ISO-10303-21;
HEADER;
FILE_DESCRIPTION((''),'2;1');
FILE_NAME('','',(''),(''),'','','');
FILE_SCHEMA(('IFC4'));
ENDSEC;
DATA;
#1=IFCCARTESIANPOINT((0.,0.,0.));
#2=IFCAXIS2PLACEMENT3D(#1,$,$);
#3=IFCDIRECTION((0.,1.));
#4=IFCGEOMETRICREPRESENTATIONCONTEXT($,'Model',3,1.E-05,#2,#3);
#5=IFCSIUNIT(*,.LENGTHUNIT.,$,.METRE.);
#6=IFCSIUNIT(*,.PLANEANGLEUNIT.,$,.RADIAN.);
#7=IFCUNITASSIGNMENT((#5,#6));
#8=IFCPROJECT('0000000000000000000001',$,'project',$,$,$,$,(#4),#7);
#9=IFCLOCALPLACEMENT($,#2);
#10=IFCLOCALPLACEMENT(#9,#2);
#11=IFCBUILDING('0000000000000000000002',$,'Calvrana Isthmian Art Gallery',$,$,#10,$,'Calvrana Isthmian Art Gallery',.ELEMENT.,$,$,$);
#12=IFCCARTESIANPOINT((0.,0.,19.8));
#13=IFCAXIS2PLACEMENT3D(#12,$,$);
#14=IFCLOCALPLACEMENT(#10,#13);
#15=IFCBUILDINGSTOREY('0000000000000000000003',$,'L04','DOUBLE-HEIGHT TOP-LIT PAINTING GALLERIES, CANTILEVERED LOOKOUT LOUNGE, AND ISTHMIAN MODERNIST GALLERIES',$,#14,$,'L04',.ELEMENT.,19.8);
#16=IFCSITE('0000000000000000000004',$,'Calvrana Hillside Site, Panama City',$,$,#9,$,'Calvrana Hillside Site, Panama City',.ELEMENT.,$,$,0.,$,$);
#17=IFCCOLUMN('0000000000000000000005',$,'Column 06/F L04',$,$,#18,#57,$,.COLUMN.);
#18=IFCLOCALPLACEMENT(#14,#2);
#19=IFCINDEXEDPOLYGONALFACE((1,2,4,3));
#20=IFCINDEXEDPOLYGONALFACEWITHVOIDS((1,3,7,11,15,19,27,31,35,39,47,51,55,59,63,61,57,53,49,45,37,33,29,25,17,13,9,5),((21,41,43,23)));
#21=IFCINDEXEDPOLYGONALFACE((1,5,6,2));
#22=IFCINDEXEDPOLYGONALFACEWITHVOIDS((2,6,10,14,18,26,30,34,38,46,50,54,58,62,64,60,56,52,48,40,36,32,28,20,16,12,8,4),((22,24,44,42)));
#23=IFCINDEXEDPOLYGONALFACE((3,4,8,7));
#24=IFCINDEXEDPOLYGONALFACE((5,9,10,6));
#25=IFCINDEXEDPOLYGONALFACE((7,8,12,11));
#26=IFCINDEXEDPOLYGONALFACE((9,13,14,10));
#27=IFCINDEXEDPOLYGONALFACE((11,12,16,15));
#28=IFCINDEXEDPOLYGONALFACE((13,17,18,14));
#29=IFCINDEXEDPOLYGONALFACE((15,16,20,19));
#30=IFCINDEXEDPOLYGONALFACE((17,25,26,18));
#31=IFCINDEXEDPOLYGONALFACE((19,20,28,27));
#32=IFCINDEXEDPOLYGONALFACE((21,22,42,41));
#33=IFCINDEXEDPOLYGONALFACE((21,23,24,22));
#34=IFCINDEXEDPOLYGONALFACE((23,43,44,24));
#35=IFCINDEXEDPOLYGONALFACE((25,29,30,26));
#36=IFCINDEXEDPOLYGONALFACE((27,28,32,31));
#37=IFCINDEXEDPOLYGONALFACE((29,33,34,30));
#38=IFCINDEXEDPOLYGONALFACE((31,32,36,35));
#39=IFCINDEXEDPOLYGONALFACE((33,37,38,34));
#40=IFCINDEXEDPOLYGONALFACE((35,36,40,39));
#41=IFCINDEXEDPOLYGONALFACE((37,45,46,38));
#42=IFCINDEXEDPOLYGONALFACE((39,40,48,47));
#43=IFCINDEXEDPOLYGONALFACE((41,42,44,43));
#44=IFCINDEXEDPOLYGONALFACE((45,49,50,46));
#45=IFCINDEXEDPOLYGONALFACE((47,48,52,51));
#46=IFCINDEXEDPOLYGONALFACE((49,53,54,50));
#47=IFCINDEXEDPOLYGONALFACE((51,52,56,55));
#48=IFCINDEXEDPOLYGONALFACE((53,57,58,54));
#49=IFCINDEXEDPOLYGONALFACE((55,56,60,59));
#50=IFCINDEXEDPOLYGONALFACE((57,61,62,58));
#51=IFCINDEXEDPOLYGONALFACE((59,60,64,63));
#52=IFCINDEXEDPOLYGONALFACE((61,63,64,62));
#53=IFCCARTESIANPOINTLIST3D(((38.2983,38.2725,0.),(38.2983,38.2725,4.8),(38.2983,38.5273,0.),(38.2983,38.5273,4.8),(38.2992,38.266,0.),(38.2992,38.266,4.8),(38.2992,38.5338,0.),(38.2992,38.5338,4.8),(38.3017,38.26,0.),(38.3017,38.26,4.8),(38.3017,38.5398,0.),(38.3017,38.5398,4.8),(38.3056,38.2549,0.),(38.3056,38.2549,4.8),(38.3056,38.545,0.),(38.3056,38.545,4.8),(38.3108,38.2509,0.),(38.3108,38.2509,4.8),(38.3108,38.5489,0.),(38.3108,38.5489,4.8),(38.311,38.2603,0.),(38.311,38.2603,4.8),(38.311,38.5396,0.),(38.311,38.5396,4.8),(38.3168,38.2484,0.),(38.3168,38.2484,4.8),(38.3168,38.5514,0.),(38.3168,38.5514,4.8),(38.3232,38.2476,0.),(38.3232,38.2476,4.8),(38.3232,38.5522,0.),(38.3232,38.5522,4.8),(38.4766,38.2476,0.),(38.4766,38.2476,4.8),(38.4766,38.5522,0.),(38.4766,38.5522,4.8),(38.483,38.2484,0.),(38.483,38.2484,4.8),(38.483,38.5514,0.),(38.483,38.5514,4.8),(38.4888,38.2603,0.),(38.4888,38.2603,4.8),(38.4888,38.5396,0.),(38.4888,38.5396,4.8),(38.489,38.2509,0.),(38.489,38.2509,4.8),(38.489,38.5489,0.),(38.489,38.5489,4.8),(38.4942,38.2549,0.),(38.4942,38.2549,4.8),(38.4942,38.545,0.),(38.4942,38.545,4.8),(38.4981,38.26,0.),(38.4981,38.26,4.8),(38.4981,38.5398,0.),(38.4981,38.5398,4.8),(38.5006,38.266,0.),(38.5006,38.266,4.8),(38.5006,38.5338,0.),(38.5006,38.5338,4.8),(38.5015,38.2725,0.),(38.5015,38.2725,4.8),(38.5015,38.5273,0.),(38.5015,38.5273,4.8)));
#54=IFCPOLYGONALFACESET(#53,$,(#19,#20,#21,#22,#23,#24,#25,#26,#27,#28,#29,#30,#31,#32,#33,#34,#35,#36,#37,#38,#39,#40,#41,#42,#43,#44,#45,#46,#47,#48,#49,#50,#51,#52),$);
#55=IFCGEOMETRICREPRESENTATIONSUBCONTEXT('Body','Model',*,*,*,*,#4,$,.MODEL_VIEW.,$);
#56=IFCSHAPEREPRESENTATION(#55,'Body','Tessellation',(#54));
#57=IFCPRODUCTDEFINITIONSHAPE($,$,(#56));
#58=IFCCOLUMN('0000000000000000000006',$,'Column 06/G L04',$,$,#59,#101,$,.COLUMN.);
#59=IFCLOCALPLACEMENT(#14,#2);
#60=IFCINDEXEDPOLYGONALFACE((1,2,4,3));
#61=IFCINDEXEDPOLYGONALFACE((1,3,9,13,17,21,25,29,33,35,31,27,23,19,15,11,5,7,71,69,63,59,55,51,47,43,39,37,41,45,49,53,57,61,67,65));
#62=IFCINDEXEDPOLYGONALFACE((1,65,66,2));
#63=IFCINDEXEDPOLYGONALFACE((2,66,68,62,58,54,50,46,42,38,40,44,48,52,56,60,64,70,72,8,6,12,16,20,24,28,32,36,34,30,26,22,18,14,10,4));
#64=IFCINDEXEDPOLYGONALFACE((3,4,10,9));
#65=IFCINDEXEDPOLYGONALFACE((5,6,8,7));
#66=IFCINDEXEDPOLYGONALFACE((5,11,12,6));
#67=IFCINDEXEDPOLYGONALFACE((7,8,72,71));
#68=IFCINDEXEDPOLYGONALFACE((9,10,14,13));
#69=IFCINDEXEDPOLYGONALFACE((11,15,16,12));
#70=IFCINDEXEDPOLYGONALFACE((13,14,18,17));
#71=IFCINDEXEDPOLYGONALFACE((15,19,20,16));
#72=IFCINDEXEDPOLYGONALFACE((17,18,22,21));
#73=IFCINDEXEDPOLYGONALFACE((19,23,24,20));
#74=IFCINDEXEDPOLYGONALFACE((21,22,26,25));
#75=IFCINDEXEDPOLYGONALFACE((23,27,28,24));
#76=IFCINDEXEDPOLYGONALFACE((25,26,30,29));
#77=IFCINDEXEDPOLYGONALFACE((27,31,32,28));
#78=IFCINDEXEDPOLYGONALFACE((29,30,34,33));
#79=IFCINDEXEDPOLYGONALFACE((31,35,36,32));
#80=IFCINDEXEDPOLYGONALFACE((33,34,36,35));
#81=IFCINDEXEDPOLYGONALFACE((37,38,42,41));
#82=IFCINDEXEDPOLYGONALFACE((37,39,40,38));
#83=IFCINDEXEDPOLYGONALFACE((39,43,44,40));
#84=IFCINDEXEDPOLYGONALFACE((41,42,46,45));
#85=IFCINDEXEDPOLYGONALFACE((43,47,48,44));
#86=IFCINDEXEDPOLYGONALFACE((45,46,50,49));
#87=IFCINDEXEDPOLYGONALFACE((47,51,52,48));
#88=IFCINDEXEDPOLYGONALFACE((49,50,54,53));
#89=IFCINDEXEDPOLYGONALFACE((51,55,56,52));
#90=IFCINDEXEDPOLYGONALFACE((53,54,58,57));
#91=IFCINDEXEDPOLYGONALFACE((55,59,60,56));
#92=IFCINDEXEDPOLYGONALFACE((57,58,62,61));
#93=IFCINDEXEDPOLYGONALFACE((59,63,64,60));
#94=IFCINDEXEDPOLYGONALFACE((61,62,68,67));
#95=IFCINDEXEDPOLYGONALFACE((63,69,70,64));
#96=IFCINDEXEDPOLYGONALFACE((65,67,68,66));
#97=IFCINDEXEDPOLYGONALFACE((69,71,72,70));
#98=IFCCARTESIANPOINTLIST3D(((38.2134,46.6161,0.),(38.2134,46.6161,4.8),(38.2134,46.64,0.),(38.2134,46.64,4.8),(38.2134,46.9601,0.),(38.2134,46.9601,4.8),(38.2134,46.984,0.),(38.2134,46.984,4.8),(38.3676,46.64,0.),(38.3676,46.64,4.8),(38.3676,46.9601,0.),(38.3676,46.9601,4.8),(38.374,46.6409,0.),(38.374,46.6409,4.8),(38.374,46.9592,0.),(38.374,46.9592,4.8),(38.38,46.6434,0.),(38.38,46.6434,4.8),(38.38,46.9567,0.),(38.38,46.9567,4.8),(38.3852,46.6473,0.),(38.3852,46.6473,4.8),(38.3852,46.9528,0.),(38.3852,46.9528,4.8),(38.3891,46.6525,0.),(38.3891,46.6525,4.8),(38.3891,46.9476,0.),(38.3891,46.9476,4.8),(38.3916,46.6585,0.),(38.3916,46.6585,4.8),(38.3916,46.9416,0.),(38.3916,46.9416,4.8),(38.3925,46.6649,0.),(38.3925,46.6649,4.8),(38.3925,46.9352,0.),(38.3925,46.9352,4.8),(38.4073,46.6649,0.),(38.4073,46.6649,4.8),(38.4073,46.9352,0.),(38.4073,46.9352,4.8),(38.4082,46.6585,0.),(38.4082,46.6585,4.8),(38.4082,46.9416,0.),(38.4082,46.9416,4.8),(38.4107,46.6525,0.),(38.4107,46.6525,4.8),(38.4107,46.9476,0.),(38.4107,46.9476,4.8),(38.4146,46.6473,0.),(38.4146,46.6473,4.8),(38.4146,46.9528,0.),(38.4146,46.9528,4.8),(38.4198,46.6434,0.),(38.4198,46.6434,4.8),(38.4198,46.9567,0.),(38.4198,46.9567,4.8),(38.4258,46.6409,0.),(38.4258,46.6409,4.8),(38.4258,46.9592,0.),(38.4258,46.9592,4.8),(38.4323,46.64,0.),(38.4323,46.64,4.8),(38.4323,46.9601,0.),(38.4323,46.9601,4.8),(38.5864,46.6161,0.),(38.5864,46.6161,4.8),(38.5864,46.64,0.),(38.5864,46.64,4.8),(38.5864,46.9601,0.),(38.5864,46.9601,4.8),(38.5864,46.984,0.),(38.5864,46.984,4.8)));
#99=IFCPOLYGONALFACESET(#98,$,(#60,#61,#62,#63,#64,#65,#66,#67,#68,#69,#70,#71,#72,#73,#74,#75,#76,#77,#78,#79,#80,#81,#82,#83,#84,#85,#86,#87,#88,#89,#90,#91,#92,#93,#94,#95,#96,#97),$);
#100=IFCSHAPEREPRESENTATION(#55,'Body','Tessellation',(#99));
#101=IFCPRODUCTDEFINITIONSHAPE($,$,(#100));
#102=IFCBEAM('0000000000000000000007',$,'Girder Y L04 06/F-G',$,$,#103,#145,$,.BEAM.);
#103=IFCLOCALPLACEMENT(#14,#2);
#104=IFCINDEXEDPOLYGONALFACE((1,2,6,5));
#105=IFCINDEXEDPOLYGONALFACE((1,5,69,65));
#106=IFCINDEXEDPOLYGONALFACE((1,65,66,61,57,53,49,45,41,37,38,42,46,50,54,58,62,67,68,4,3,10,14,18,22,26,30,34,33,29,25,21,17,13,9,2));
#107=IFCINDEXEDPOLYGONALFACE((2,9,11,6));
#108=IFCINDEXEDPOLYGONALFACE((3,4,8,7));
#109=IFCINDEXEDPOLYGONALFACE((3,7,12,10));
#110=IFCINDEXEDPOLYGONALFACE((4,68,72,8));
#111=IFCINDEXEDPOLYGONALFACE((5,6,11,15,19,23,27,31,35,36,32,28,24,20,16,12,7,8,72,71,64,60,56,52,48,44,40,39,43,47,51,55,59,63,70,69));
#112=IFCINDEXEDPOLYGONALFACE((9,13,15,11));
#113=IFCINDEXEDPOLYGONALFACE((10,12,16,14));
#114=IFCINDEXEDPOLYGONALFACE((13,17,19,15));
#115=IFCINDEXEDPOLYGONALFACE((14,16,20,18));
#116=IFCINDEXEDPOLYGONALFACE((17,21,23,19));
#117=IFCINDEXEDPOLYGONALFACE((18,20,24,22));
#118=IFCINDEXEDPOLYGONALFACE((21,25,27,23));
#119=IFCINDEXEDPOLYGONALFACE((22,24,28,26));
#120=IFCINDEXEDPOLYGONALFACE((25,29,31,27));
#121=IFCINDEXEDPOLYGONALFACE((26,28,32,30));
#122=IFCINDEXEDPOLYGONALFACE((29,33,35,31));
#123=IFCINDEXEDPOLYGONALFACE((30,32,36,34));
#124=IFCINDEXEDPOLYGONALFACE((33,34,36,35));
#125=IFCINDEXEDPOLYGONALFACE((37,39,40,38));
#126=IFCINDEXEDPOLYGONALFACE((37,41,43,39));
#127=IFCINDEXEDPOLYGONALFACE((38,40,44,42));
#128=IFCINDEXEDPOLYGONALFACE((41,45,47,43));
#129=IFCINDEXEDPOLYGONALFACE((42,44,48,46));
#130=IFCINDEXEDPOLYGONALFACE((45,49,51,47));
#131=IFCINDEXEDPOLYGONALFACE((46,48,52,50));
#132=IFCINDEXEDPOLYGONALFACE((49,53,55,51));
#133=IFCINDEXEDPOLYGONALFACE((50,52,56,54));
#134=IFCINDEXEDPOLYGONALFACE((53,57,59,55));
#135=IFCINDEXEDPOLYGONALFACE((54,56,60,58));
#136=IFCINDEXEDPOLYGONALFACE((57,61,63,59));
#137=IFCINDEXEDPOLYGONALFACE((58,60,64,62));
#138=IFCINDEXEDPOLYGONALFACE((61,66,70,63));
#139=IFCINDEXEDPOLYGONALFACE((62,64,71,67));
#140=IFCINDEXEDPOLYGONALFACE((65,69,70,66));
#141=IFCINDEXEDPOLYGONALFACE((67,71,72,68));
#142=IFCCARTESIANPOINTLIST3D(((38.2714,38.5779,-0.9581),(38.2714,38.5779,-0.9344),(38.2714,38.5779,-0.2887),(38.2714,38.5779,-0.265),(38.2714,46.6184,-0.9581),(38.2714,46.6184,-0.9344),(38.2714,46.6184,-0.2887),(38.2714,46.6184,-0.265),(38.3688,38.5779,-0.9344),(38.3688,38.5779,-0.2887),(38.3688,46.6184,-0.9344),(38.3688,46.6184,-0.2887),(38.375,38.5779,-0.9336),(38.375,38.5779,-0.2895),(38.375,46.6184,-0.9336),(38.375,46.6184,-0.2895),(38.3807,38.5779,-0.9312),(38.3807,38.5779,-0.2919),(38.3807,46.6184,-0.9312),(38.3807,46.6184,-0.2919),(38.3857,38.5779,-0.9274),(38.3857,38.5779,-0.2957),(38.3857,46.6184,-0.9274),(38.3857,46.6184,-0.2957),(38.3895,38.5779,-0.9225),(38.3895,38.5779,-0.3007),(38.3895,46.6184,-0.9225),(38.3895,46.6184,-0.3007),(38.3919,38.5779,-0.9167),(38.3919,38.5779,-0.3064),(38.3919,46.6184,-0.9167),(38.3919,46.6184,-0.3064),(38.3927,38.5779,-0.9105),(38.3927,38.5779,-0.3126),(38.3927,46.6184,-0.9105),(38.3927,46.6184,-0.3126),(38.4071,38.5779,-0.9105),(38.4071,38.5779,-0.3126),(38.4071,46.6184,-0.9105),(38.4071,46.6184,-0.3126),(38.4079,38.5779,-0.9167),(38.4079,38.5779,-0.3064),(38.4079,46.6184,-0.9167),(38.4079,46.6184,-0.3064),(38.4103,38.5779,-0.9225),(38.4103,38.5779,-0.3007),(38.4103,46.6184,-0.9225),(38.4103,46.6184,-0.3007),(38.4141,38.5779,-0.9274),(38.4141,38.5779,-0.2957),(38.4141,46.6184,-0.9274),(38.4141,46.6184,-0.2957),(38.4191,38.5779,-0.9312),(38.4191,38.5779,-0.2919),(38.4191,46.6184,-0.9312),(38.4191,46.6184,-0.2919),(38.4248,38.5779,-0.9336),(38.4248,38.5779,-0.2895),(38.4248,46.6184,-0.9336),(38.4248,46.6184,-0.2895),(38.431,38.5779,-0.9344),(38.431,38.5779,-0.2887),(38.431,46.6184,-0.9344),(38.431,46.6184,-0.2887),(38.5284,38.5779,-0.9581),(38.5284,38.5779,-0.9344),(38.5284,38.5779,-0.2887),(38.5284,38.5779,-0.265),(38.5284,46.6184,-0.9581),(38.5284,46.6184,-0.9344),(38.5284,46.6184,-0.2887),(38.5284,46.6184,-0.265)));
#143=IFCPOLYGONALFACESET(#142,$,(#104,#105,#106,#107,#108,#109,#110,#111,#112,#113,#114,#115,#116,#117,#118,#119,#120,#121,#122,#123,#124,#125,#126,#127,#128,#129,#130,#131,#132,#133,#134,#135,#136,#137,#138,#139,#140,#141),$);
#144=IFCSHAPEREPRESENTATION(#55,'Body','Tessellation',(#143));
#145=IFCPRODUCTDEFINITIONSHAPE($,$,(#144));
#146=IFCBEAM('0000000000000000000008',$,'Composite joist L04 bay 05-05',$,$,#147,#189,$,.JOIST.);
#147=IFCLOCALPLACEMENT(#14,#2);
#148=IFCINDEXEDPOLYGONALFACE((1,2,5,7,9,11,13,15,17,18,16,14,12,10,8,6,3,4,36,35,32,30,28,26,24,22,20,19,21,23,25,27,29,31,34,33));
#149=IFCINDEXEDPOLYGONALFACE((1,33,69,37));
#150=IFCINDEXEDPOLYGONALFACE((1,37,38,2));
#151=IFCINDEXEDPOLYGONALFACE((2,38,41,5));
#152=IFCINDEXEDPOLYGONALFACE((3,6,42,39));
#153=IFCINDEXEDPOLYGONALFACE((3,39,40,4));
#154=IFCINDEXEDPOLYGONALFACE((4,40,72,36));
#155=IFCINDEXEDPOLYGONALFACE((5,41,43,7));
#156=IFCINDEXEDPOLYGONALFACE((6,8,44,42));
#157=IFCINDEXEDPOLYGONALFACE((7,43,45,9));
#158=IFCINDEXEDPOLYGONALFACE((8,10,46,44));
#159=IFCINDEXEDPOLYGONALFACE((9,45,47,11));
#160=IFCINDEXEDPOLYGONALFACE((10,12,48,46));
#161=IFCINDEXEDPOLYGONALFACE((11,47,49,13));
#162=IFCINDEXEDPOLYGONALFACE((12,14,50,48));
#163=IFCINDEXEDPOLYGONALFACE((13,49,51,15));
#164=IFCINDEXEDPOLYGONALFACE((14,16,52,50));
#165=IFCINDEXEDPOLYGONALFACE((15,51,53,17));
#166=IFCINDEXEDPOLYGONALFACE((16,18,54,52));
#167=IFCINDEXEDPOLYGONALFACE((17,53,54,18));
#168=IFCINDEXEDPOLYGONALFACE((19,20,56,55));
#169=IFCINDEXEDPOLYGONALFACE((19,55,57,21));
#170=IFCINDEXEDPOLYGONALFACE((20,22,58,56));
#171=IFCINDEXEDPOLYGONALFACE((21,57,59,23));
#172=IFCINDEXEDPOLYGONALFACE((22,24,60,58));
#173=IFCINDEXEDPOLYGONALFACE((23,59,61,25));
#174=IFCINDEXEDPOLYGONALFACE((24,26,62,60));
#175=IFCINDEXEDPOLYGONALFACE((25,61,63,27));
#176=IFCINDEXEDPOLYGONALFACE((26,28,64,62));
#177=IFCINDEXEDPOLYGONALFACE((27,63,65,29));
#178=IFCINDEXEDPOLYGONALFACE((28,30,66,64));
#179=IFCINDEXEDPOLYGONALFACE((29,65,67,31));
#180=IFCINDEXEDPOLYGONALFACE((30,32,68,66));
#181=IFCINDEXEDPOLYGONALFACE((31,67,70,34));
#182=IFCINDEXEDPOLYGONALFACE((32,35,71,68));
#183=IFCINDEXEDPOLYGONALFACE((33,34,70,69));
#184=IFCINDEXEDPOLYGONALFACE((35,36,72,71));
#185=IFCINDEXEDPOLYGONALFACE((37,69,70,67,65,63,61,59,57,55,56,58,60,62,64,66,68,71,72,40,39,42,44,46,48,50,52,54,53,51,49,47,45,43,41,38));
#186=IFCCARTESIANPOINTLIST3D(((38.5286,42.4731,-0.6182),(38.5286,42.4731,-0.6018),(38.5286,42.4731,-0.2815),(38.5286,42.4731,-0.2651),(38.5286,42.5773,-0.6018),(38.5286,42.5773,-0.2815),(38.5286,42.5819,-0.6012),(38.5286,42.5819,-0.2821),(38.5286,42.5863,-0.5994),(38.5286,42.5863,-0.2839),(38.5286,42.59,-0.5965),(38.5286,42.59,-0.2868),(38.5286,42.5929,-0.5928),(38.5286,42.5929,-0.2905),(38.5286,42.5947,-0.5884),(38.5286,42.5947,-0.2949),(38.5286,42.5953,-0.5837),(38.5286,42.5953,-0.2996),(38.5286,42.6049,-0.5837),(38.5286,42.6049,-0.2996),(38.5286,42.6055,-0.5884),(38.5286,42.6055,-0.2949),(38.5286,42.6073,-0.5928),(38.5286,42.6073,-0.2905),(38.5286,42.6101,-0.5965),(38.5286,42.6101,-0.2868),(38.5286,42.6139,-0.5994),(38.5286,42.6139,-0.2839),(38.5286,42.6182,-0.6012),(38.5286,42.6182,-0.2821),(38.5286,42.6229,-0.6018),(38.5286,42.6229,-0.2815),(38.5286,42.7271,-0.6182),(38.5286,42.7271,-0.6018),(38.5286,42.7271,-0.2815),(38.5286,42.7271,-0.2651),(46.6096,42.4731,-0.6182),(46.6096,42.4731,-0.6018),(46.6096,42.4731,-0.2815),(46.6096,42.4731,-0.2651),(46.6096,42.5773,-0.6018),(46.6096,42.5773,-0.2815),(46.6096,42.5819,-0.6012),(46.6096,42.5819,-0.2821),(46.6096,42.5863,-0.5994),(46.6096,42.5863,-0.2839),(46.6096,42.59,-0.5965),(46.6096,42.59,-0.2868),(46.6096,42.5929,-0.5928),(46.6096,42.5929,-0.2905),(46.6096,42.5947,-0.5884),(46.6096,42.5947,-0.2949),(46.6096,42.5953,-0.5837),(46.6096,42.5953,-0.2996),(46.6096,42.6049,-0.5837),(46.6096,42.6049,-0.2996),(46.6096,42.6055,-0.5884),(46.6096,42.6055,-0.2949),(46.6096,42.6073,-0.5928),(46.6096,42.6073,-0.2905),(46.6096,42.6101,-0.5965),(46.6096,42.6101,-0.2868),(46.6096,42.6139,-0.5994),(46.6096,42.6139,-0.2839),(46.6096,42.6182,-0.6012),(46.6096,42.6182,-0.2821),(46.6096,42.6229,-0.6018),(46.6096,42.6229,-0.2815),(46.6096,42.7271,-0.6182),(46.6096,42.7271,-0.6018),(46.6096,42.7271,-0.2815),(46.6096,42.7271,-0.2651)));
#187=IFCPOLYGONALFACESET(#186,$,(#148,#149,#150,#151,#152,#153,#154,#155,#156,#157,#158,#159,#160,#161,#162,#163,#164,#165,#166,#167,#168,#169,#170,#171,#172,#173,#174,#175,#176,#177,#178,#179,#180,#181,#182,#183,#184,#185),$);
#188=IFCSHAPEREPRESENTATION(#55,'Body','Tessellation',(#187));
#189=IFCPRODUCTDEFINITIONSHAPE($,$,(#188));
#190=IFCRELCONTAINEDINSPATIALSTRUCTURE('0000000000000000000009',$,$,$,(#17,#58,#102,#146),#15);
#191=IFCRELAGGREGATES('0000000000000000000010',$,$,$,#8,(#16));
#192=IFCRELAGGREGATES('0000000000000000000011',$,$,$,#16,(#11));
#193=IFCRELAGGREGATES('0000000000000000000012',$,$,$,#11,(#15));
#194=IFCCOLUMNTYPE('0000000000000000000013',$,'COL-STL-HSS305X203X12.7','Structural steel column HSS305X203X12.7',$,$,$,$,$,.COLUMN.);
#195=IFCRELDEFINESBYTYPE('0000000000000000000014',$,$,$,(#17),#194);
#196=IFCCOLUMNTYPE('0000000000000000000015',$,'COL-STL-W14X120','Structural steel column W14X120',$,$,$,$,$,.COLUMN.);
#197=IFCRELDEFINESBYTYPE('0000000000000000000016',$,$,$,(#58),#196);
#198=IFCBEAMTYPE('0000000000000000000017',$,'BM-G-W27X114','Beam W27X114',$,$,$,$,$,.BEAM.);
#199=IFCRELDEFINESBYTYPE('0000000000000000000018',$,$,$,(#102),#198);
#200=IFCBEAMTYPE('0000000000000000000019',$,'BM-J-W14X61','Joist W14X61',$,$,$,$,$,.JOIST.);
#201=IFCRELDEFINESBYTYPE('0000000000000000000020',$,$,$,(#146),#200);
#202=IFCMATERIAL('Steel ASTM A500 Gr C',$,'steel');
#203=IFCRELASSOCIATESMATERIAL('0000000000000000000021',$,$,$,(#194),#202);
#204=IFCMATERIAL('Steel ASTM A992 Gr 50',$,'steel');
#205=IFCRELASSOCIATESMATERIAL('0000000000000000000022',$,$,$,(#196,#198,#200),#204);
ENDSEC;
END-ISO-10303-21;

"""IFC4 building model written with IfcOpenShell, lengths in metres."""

from ifc_helpers import new_model, si_unit, direction, frame, origin, origin_2d, place, context, subcontext, project, spatial, hollow_rectangle, i_section, extrude, material, material_profile, profile_set, type_object, element, save


model = new_model("IFC4")

# Units and contexts
model_context = context("Model", 3, precision=1e-05, world=origin(), true_north=direction((0.0, 1.0)))
body_context = subcontext(model_context, "Body", "Model", "MODEL_VIEW")
ifc_project = project(units=[si_unit("LENGTHUNIT", "METRE"), si_unit("PLANEANGLEUNIT", "RADIAN")], contexts=[model_context])

# Site, building, storey
site_placement = place(None, origin())
site = spatial("IfcSite", under=ifc_project, at=site_placement, Name="Calvrana Hillside Site, Panama City", LongName="Calvrana Hillside Site, Panama City", CompositionType="ELEMENT", RefElevation=0.0)
building_placement = place(site_placement, origin())
building = spatial("IfcBuilding", under=site, at=building_placement, Name="Calvrana Isthmian Art Gallery", LongName="Calvrana Isthmian Art Gallery", CompositionType="ELEMENT")
storey_placement = place(building_placement, frame((0.0, 0.0, 19.8)))
storey = spatial("IfcBuildingStorey", under=building, at=storey_placement, Name="L04", Description="DOUBLE-HEIGHT TOP-LIT PAINTING GALLERIES, CANTILEVERED LOOKOUT LOUNGE, AND ISTHMIAN MODERNIST GALLERIES", LongName="L04", CompositionType="ELEMENT", Elevation=19.8)

# Columns
ifc_material_1 = material(Name="Steel ASTM A500 Gr C", Category="steel")
ifc_material_profile_1 = material_profile(ifc_material_1, hollow_rectangle(XDim=0.2031, YDim=0.3047, WallThickness=0.0127, OuterFilletRadius=0.0249, at=origin_2d()), Name="HSS305X203X12.7")
ifc_profile_set_1 = profile_set([ifc_material_profile_1], Name="Steel ASTM A500 Gr C")
column_type_1 = type_object("IfcColumnType", Name="COL-STL-HSS305X203X12.7", Description="Structural steel column HSS305X203X12.7", PredefinedType="COLUMN", material=ifc_profile_set_1)
column_1_placement = place(storey_placement, frame((38.3999, 38.3999, 0.0), z_axis=(0.0, 0.0, 1.0), x_axis=(1.0, 0.0, 0.0)))
element("IfcColumn", 1, at=column_1_placement, inside=storey, type_object=column_type_1, Name="Column 06/F L04", PredefinedType="COLUMN", context=body_context, shape_type="SweptSolid", body=[
    extrude(hollow_rectangle(XDim=0.2031, YDim=0.3047, WallThickness=0.0127, OuterFilletRadius=0.0249, at=origin_2d()), origin(), (0.0, 0.0, 1.0), 4.8),
])
ifc_material_2 = material(Name="Steel ASTM A992 Gr 50", Category="steel")
ifc_material_profile_2 = material_profile(ifc_material_2, i_section(OverallWidth=0.373, OverallDepth=0.3679, WebThickness=0.0149, FlangeThickness=0.0239, FilletRadius=0.0249, at=origin_2d()), Name="W14X120")
ifc_profile_set_2 = profile_set([ifc_material_profile_2], Name="Steel ASTM A992 Gr 50")
column_type_2 = type_object("IfcColumnType", Name="COL-STL-W14X120", Description="Structural steel column W14X120", PredefinedType="COLUMN", material=ifc_profile_set_2)
column_2_placement = place(storey_placement, frame((38.3999, 46.8, 0.0), z_axis=(0.0, 0.0, 1.0), x_axis=(1.0, 0.0, 0.0)))
element("IfcColumn", 2, at=column_2_placement, inside=storey, type_object=column_type_2, Name="Column 06/G L04", PredefinedType="COLUMN", context=body_context, shape_type="SweptSolid", body=[
    extrude(i_section(OverallWidth=0.373, OverallDepth=0.3679, WebThickness=0.0149, FlangeThickness=0.0239, FilletRadius=0.0249, at=origin_2d()), origin(), (0.0, 0.0, 1.0), 4.8),
])

# Beams
ifc_material_profile_3 = material_profile(ifc_material_2, i_section(OverallWidth=0.2571, OverallDepth=0.6931, WebThickness=0.0144, FlangeThickness=0.0237, FilletRadius=0.0239, at=origin_2d()), Name="W27X114")
ifc_profile_set_3 = profile_set([ifc_material_profile_3], Name="Steel ASTM A992 Gr 50")
beam_type_1 = type_object("IfcBeamType", Name="BM-G-W27X114", Description="Beam W27X114", PredefinedType="BEAM", material=ifc_profile_set_3)
beam_1_placement = place(storey_placement, frame((38.3999, 38.5779, -0.6116), z_axis=(0.0, 1.0, 0.0), x_axis=(-1.0, 0.0, 0.0)))
element("IfcBeam", 3, at=beam_1_placement, inside=storey, type_object=beam_type_1, Name="Girder Y L04 06/F-G", PredefinedType="BEAM", context=body_context, shape_type="SweptSolid", body=[
    extrude(i_section(OverallWidth=0.2571, OverallDepth=0.6931, WebThickness=0.0144, FlangeThickness=0.0237, FilletRadius=0.0239, at=origin_2d()), origin(), (0.0, 0.0, 1.0), 8.0405),
])
ifc_material_profile_4 = material_profile(ifc_material_2, i_section(OverallWidth=0.2539, OverallDepth=0.353, WebThickness=0.0095, FlangeThickness=0.0164, FilletRadius=0.0181, at=origin_2d()), Name="W14X61")
ifc_profile_set_4 = profile_set([ifc_material_profile_4], Name="Steel ASTM A992 Gr 50")
beam_type_2 = type_object("IfcBeamType", Name="BM-J-W14X61", Description="Joist W14X61", PredefinedType="JOIST", material=ifc_profile_set_4)
beam_2_placement = place(storey_placement, frame((38.5286, 42.6001, -0.4417), z_axis=(1.0, 0.0, 0.0), x_axis=(0.0, 1.0, 0.0)))
element("IfcBeam", 4, at=beam_2_placement, inside=storey, type_object=beam_type_2, Name="Composite joist L04 bay 05-05", PredefinedType="JOIST", context=body_context, shape_type="SweptSolid", body=[
    extrude(i_section(OverallWidth=0.2539, OverallDepth=0.353, WebThickness=0.0095, FlangeThickness=0.0164, FilletRadius=0.0181, at=origin_2d()), origin(), (0.0, 0.0, 1.0), 8.0811),
])

save(model, "model.ifc")
